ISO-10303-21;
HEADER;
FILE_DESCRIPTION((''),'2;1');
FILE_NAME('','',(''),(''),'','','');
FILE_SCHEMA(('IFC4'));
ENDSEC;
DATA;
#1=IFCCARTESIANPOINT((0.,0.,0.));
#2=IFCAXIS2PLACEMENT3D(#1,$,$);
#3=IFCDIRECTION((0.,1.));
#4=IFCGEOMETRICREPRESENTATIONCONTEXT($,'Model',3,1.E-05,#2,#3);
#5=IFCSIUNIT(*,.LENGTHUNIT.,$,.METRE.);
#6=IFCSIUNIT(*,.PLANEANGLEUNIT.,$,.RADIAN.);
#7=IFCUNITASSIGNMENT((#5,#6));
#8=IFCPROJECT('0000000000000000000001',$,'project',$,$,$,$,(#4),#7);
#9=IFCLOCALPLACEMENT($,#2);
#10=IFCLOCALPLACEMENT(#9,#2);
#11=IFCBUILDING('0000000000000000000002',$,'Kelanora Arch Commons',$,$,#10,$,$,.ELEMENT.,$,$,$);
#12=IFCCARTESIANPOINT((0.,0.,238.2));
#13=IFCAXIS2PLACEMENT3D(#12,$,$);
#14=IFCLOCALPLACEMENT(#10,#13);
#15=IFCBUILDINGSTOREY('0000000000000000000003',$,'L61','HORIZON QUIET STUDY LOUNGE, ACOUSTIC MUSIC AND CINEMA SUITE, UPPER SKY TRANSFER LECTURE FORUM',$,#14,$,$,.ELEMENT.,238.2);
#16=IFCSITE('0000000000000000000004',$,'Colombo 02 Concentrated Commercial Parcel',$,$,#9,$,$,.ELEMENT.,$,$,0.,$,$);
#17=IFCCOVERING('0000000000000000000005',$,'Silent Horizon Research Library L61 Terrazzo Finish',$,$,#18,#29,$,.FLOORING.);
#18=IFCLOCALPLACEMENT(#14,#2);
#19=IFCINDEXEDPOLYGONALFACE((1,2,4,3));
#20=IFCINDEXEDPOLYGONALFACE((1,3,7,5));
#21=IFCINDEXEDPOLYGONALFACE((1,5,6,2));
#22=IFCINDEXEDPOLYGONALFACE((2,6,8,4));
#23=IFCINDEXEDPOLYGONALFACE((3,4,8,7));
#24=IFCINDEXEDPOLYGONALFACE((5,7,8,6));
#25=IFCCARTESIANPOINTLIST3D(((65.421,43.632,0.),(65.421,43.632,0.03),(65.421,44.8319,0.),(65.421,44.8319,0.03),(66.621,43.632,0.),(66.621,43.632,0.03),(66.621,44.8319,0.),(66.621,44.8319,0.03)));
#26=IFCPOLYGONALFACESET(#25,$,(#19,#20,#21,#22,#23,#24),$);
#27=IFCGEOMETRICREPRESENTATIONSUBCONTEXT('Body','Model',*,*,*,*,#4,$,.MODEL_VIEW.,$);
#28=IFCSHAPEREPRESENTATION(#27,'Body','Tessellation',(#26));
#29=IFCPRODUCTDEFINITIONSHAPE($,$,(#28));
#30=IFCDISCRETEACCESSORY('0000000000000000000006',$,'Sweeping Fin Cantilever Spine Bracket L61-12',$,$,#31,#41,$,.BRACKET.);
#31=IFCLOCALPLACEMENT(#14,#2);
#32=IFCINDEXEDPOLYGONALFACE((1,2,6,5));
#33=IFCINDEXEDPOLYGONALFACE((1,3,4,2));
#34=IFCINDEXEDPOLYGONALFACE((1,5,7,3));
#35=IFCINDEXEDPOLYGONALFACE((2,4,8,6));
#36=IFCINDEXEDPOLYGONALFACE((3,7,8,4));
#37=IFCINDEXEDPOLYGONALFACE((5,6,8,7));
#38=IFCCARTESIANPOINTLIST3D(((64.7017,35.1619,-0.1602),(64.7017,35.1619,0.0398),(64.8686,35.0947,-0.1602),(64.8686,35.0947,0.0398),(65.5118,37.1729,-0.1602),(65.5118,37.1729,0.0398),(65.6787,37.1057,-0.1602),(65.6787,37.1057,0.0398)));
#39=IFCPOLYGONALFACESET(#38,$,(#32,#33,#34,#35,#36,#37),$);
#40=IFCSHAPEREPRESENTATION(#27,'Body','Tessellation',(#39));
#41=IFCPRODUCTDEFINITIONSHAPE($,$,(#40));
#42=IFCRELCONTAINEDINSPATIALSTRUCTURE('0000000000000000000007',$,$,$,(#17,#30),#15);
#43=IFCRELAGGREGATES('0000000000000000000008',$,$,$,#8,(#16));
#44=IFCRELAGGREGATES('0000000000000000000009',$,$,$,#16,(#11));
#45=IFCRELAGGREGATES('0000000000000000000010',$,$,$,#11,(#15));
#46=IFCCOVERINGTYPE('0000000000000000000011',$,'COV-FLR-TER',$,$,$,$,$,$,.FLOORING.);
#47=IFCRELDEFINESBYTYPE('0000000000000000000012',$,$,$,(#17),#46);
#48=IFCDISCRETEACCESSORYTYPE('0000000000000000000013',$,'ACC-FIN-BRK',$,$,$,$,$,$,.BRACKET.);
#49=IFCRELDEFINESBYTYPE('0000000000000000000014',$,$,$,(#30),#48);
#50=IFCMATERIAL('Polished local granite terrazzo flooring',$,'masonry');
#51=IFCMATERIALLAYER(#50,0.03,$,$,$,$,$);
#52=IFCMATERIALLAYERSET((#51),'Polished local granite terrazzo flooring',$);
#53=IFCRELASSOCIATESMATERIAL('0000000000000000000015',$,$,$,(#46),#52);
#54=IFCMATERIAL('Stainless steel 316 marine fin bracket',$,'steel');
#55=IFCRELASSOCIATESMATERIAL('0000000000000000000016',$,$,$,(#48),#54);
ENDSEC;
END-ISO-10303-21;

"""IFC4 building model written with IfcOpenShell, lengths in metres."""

from ifc_helpers import new_model, si_unit, direction, frame, origin, origin_2d, place, context, subcontext, project, spatial, rectangle, extrude, source, transform, mapped, material, layer, layer_set, type_object, element, save


model = new_model("IFC4")

# Units and contexts
model_context = context("Model", 3, precision=1e-05, world=origin(), true_north=direction((0.0, 1.0)))
body_context = subcontext(model_context, "Body", "Model", "MODEL_VIEW")
ifc_project = project(units=[si_unit("LENGTHUNIT", "METRE"), si_unit("PLANEANGLEUNIT", "RADIAN")], contexts=[model_context])

# Site, building, storey
site_placement = place(None, origin())
site = spatial("IfcSite", under=ifc_project, at=site_placement, Name="Colombo 02 Concentrated Commercial Parcel", CompositionType="ELEMENT", RefElevation=0.0)
building_placement = place(site_placement, origin())
building = spatial("IfcBuilding", under=site, at=building_placement, Name="Kelanora Arch Commons", CompositionType="ELEMENT")
storey_placement = place(building_placement, frame((0.0, 0.0, 238.2)))
storey = spatial("IfcBuildingStorey", under=building, at=storey_placement, Name="L61", Description="HORIZON QUIET STUDY LOUNGE, ACOUSTIC MUSIC AND CINEMA SUITE, UPPER SKY TRANSFER LECTURE FORUM", CompositionType="ELEMENT", Elevation=238.2)

# Covering
ifc_material_1 = material(Name="Polished local granite terrazzo flooring", Category="masonry")
ifc_layer_1 = layer(ifc_material_1, 0.03)
ifc_layer_set_1 = layer_set([ifc_layer_1], Name="Polished local granite terrazzo flooring")
covering_type = type_object("IfcCoveringType", Name="COV-FLR-TER", PredefinedType="FLOORING", material=ifc_layer_set_1)
shared_shape_1 = source(origin(), body_context, "Body", "SweptSolid", [
    extrude(rectangle(XDim=1.2, YDim=1.2, at=origin_2d()), origin(), (0.0, 0.0, 1.0), 0.03),
])
covering_placement = place(storey_placement, frame((66.021, 44.2319, 0.0), z_axis=(0.0, 0.0, 1.0), x_axis=(1.0, 0.0, 0.0)))
element("IfcCovering", 1, at=covering_placement, inside=storey, type_object=covering_type, Name="Silent Horizon Research Library L61 Terrazzo Finish", PredefinedType="FLOORING", context=body_context, shape_type="MappedRepresentation", body=[
    mapped(shared_shape_1, transform((0.0, 0.0, 0.0), scale=1.0)),
])

# Discrete accessory
ifc_material_2 = material(Name="Stainless steel 316 marine fin bracket", Category="steel")
discrete_accessory_type = type_object("IfcDiscreteAccessoryType", Name="ACC-FIN-BRK", PredefinedType="BRACKET", material=ifc_material_2)
shared_shape_2 = source(origin(), body_context, "Body", "SweptSolid", [
    extrude(rectangle(XDim=2.168, YDim=0.1799, at=origin_2d()), origin(), (0.0, 0.0, 1.0), 0.2),
])
discrete_accessory_placement = place(storey_placement, frame((65.1902, 36.1338, -0.1602), z_axis=(0.0, 0.0, 1.0), x_axis=(-0.373635, -0.927576, 0.0)))
element("IfcDiscreteAccessory", 2, at=discrete_accessory_placement, inside=storey, type_object=discrete_accessory_type, Name="Sweeping Fin Cantilever Spine Bracket L61-12", PredefinedType="BRACKET", context=body_context, shape_type="MappedRepresentation", body=[
    mapped(shared_shape_2, transform((0.0, 0.0, 0.0), scale=1.0)),
])

save(model, "model.ifc")
